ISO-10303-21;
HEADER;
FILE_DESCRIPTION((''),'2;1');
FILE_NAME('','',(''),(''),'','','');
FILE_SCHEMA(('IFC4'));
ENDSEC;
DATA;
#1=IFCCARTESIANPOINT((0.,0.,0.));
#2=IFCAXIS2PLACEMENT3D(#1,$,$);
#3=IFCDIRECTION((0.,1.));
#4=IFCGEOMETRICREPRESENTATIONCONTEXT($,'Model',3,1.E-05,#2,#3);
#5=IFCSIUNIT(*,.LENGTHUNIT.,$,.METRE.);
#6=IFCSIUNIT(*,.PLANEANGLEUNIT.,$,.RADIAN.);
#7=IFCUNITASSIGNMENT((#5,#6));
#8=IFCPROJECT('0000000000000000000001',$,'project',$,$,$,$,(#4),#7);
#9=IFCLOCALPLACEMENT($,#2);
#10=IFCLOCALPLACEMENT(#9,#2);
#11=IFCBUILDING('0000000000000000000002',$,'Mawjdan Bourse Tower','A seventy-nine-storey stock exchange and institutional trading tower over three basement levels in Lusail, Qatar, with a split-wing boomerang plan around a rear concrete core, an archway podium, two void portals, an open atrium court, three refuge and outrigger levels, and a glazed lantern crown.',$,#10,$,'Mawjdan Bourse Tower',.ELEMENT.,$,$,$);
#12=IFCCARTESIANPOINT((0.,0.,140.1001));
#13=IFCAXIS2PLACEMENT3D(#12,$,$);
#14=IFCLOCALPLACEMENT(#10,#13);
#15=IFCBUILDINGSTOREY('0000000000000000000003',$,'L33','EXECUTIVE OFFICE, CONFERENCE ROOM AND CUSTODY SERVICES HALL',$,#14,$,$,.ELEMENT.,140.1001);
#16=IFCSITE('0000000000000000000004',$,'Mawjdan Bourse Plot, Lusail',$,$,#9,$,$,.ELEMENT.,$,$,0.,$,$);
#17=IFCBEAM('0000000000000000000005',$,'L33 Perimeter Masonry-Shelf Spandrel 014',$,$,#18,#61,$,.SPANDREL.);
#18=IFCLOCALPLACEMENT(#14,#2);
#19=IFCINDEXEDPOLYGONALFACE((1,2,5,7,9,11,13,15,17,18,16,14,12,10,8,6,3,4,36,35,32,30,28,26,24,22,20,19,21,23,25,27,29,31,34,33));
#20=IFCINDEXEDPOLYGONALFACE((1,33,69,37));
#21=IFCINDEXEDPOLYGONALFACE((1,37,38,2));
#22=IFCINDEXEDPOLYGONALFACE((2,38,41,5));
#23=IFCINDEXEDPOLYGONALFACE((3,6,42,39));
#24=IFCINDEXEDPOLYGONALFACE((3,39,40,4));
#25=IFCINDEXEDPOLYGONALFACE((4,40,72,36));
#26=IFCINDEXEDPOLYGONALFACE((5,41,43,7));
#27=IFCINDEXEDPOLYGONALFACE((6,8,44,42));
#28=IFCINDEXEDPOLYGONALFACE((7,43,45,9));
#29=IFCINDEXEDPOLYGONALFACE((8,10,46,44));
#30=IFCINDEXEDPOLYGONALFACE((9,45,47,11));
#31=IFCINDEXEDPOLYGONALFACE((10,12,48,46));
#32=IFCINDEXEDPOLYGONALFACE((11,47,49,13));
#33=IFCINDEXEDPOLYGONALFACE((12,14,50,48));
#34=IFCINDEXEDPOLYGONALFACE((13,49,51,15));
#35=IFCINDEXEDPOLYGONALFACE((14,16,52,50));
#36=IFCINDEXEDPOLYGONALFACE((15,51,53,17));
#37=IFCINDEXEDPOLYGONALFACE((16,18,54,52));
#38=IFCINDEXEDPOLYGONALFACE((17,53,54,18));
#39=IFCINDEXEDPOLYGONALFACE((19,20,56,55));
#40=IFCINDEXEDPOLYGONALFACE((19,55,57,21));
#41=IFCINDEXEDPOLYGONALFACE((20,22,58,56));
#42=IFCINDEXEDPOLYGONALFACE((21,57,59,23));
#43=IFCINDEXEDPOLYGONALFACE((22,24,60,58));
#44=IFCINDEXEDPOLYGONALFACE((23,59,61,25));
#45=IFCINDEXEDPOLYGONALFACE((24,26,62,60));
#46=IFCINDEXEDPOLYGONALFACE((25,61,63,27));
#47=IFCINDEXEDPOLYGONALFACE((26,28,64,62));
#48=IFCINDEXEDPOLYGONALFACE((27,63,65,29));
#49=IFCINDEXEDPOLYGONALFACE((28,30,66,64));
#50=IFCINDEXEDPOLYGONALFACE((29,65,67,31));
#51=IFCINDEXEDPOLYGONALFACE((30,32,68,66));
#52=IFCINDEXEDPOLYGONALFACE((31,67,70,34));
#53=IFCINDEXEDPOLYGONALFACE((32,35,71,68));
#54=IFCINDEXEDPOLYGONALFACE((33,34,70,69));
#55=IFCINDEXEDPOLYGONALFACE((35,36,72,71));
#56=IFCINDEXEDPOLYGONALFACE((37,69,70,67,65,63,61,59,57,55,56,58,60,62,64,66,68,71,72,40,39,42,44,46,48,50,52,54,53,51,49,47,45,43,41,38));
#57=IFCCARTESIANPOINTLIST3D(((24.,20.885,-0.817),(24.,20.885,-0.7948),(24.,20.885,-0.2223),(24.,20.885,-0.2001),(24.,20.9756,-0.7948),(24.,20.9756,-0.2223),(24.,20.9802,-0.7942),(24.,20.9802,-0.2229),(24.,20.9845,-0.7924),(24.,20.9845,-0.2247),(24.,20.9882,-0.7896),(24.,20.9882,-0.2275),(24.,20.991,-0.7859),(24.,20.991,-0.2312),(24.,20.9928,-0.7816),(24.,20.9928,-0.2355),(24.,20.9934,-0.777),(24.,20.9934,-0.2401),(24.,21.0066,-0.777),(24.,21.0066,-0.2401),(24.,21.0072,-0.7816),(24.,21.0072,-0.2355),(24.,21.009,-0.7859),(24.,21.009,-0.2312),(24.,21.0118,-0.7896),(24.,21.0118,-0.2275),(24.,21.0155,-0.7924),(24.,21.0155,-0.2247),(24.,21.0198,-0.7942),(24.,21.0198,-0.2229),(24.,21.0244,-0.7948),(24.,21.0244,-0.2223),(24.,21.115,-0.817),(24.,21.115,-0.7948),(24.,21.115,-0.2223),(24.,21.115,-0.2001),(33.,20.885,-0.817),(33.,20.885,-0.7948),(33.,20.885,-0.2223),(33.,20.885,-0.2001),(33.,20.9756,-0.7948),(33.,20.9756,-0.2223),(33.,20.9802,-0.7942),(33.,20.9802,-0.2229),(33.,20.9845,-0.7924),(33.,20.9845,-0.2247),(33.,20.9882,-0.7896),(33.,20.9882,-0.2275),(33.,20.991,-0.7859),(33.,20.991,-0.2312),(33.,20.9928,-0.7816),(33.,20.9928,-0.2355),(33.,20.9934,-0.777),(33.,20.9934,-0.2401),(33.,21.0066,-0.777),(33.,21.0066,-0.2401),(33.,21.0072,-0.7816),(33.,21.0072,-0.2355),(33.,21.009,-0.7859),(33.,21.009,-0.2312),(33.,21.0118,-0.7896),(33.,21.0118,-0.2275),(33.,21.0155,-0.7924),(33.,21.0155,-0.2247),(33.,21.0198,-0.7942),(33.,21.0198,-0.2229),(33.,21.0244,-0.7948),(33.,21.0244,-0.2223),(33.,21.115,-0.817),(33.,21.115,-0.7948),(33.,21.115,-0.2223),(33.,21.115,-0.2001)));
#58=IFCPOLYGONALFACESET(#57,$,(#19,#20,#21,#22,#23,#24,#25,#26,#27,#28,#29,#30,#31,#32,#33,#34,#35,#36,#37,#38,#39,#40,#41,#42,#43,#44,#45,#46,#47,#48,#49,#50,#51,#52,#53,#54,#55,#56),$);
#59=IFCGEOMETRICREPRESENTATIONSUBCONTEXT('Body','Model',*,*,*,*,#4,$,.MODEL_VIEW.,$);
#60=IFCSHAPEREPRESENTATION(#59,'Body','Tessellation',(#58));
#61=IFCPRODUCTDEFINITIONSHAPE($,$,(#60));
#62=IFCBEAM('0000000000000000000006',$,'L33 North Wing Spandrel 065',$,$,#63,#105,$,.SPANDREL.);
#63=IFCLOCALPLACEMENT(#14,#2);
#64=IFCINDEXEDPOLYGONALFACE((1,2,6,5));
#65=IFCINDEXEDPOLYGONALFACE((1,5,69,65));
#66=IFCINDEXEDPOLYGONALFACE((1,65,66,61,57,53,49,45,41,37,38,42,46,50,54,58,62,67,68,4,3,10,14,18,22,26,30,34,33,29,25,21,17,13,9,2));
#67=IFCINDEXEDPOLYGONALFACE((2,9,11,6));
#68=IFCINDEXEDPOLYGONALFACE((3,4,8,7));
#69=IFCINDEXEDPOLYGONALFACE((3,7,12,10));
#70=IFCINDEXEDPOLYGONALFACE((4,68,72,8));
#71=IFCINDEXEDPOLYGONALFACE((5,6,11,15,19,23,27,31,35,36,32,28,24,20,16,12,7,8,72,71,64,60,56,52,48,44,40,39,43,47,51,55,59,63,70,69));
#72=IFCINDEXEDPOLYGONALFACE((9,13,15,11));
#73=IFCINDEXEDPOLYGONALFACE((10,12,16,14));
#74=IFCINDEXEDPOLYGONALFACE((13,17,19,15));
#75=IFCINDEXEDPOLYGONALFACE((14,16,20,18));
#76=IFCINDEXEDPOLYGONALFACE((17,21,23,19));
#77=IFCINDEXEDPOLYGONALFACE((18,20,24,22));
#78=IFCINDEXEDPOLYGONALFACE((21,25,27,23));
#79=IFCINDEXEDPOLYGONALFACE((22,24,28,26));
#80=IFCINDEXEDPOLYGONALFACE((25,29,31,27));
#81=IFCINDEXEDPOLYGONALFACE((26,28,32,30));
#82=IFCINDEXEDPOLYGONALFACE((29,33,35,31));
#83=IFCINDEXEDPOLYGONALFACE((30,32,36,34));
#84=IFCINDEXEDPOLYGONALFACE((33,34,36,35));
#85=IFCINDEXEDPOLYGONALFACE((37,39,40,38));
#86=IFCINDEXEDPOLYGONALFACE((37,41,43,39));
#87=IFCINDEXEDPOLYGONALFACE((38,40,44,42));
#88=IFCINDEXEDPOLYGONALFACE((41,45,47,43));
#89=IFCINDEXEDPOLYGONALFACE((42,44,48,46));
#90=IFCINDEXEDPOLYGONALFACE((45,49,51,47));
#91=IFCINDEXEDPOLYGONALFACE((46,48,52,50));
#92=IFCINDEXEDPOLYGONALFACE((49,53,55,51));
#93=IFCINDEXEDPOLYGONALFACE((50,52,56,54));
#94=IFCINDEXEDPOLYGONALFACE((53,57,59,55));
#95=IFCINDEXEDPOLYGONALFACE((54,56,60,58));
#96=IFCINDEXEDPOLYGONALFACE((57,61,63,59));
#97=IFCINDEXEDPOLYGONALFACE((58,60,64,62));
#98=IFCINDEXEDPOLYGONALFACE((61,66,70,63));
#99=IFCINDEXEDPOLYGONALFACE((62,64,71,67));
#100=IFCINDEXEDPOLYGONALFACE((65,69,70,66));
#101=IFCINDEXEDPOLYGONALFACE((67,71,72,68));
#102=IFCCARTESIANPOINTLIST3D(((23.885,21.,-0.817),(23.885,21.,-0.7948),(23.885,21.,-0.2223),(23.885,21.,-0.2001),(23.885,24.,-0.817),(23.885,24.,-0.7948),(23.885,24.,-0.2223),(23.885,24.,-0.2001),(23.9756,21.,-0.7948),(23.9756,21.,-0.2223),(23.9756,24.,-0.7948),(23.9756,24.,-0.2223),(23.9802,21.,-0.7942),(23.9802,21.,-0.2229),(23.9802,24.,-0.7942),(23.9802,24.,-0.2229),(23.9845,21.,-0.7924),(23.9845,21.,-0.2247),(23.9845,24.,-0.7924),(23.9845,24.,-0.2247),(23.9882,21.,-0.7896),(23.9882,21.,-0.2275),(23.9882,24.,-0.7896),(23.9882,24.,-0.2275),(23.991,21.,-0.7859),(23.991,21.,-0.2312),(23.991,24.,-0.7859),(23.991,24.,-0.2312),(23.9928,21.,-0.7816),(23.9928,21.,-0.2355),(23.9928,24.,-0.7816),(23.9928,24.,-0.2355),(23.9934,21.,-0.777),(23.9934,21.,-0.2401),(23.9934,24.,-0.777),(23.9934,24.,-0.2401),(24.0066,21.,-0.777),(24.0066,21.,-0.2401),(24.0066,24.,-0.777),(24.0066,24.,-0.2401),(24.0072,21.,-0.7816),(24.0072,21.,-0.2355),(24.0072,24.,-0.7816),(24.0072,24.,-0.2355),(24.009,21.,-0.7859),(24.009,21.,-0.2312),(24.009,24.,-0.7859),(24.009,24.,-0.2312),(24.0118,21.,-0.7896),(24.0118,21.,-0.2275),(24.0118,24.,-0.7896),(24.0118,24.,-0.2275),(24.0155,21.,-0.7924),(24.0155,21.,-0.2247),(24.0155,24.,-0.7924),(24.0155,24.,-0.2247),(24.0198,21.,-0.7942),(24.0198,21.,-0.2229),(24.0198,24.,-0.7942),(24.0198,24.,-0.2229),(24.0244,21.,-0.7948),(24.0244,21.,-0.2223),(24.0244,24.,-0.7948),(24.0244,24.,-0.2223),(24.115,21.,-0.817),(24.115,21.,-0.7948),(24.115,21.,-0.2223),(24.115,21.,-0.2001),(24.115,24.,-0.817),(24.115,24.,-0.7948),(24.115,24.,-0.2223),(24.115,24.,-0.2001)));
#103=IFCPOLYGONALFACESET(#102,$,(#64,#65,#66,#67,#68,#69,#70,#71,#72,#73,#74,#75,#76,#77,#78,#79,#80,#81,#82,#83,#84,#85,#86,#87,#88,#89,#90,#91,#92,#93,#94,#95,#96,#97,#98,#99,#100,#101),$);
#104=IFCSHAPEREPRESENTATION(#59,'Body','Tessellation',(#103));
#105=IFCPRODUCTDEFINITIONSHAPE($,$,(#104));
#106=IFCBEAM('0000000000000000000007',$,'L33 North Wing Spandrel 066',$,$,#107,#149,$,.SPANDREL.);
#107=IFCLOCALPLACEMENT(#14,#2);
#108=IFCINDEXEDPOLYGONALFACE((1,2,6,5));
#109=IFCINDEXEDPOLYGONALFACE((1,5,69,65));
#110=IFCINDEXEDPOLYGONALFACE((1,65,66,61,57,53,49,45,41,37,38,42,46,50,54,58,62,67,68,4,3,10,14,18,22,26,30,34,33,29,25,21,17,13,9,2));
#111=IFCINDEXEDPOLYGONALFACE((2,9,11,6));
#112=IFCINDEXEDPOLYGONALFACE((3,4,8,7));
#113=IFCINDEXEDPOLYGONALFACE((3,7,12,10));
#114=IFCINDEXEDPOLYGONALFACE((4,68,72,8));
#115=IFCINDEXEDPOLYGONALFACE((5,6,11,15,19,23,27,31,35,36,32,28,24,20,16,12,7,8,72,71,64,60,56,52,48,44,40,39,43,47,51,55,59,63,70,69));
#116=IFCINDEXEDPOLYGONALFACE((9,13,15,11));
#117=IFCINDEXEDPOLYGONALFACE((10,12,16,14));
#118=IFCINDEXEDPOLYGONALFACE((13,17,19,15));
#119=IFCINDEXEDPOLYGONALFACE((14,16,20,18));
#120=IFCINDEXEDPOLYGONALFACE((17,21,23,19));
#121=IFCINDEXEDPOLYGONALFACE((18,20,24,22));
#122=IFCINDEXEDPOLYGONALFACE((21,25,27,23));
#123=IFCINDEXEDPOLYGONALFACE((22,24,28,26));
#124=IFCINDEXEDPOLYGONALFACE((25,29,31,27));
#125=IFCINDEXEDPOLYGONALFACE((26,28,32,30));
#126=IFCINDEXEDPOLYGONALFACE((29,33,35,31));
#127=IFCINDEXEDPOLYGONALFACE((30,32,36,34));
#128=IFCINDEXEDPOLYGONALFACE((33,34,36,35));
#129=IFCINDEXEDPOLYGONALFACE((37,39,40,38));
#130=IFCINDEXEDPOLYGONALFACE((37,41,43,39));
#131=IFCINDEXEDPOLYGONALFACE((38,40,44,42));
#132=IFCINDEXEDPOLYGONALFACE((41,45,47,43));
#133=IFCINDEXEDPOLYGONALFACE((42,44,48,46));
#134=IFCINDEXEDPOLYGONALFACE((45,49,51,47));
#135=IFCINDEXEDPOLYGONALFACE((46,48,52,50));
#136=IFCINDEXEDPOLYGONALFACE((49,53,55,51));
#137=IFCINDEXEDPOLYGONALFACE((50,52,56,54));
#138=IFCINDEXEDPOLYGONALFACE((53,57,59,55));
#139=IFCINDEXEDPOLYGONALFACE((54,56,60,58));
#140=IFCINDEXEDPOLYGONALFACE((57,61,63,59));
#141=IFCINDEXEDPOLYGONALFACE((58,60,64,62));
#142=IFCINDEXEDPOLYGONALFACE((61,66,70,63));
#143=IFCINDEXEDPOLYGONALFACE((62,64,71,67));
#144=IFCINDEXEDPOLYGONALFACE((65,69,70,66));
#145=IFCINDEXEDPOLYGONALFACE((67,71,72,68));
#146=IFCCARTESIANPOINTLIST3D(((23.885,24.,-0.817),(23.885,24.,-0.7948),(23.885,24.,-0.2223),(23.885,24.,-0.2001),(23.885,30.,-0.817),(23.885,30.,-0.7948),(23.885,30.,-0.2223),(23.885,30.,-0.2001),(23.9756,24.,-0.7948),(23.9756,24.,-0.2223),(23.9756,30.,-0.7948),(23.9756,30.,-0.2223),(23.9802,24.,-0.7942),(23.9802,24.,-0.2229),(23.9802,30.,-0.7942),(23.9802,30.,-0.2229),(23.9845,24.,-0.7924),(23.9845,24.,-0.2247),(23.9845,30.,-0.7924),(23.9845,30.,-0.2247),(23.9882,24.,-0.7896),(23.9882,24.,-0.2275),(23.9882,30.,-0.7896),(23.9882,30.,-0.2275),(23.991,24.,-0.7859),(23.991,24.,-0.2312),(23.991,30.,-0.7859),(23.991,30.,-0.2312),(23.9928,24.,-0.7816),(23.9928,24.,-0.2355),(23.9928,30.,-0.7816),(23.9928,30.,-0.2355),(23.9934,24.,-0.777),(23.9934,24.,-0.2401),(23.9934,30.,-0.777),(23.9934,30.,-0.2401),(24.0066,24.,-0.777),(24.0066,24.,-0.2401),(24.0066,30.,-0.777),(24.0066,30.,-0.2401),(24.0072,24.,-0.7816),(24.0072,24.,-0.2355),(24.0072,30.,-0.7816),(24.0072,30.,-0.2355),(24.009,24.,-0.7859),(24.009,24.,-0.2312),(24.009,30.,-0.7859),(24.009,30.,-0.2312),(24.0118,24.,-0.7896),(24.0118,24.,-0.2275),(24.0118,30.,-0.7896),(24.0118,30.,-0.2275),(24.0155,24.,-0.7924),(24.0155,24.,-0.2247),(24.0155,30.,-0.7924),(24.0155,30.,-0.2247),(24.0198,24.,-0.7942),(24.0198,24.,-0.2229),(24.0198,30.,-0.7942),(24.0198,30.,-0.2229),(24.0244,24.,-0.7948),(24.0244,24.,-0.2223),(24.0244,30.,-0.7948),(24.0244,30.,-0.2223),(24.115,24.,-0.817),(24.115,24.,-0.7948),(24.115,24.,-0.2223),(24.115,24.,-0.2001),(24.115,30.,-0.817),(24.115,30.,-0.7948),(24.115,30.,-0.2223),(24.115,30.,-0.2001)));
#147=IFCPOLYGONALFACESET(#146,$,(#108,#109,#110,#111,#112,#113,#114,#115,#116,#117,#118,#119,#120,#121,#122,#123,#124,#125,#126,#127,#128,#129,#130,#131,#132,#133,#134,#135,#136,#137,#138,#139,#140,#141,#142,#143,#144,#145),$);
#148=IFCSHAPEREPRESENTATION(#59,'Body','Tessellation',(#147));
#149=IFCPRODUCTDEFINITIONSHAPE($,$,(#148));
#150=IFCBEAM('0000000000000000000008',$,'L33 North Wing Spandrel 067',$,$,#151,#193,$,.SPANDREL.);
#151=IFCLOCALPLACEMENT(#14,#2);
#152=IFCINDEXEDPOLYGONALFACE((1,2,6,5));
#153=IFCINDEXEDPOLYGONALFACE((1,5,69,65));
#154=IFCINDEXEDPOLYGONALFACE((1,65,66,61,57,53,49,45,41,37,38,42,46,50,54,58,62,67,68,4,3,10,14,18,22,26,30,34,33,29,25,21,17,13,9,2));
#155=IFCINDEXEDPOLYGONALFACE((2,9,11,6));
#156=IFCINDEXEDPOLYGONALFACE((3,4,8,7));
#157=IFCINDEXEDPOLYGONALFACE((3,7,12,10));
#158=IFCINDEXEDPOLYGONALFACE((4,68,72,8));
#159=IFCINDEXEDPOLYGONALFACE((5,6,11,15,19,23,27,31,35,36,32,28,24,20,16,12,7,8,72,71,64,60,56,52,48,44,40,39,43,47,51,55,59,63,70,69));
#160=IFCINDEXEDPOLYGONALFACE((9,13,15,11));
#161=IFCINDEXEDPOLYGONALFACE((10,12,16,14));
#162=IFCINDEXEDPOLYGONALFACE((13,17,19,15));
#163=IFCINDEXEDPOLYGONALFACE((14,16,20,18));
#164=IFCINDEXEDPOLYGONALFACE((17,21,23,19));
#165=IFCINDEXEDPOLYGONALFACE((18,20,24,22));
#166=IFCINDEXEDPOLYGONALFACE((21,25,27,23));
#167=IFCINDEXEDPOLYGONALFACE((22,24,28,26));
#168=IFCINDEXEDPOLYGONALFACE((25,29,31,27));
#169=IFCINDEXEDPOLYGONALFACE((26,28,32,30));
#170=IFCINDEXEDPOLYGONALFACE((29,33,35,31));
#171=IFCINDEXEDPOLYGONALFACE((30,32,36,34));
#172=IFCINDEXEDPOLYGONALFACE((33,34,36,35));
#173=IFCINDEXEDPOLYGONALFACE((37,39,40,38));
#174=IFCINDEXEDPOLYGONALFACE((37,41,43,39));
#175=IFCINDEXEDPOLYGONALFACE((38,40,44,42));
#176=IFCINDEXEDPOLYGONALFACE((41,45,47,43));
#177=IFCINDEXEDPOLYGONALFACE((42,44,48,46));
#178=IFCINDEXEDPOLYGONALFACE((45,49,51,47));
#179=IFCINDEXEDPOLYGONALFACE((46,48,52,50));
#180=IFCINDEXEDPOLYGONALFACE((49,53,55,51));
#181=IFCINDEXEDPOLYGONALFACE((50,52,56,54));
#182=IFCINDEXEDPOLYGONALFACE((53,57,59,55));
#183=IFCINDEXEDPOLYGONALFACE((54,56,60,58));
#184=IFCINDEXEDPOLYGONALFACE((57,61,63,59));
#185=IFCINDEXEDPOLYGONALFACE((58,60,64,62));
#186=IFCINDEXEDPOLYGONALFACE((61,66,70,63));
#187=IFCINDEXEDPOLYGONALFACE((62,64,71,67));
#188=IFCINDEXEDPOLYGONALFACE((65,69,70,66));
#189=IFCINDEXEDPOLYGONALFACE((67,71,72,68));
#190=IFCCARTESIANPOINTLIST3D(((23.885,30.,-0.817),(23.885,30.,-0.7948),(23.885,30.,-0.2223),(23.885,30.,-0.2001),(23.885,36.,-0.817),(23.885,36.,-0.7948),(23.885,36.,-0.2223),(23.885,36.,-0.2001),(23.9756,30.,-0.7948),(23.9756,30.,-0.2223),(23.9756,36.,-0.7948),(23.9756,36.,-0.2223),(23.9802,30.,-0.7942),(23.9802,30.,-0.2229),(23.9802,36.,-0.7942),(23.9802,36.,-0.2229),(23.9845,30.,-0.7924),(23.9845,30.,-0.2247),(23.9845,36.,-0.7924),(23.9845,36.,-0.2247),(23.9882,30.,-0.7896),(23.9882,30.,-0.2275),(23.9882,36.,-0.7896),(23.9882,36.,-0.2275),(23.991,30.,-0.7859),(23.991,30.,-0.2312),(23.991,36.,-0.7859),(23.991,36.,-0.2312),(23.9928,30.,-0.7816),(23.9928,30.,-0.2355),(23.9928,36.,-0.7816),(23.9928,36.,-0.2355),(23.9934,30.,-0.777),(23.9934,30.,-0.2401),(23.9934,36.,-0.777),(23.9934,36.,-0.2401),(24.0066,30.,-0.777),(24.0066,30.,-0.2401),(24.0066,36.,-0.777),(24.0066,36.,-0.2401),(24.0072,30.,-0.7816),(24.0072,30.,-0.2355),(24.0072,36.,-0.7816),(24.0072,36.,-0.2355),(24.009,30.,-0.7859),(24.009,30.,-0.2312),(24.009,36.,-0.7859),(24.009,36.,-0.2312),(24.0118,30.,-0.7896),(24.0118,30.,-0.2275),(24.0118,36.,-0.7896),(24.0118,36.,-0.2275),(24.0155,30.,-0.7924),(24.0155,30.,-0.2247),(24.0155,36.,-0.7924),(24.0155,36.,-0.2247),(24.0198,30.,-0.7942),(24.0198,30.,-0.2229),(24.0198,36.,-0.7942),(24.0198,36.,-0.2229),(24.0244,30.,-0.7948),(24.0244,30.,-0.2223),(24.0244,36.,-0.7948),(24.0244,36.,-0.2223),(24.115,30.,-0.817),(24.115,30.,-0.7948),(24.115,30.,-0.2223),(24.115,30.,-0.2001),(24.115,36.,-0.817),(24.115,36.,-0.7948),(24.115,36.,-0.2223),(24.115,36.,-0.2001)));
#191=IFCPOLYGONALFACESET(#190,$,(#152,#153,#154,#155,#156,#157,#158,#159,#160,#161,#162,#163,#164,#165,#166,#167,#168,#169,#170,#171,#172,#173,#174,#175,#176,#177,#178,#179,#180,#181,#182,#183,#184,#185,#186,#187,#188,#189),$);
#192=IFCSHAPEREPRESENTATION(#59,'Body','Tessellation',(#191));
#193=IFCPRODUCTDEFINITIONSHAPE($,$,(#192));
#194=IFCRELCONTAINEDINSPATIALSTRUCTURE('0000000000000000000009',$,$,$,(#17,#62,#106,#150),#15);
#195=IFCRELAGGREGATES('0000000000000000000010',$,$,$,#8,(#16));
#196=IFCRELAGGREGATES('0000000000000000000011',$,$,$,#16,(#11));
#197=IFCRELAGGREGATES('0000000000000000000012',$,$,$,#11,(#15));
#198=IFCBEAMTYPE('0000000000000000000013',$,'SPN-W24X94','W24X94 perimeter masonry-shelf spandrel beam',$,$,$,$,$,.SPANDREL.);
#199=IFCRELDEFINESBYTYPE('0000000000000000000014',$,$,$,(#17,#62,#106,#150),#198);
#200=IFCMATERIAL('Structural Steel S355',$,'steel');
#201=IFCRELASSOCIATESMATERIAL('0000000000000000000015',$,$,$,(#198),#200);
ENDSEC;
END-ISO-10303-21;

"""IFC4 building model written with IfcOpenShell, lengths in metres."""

from ifc_helpers import new_model, si_unit, direction, frame, origin, origin_2d, place, context, subcontext, project, spatial, i_section, extrude, material, material_profile, profile_set, type_object, element, save


model = new_model("IFC4")

# Units and contexts
model_context = context("Model", 3, precision=1e-05, world=origin(), true_north=direction((0.0, 1.0)))
body_context = subcontext(model_context, "Body", "Model", "MODEL_VIEW")
ifc_project = project(units=[si_unit("LENGTHUNIT", "METRE"), si_unit("PLANEANGLEUNIT", "RADIAN")], contexts=[model_context])

# Site, building, storey
site_placement = place(None, origin())
site = spatial("IfcSite", under=ifc_project, at=site_placement, Name="Mawjdan Bourse Plot, Lusail", CompositionType="ELEMENT", RefElevation=0.0)
building_placement = place(site_placement, origin())
building = spatial("IfcBuilding", under=site, at=building_placement, Name="Mawjdan Bourse Tower", Description="A seventy-nine-storey stock exchange and institutional trading tower over three basement levels in Lusail, Qatar, with a split-wing boomerang plan around a rear concrete core, an archway podium, two void portals, an open atrium court, three refuge and outrigger levels, and a glazed lantern crown.", LongName="Mawjdan Bourse Tower", CompositionType="ELEMENT")
storey_placement = place(building_placement, frame((0.0, 0.0, 140.1001)))
storey = spatial("IfcBuildingStorey", under=building, at=storey_placement, Name="L33", Description="EXECUTIVE OFFICE, CONFERENCE ROOM AND CUSTODY SERVICES HALL", CompositionType="ELEMENT", Elevation=140.1001)

# Beams
ifc_material_1 = material(Name="Structural Steel S355", Category="steel")
ifc_material_profile_1 = material_profile(ifc_material_1, i_section(OverallWidth=0.23, OverallDepth=0.6169, WebThickness=0.0132, FlangeThickness=0.0222, FilletRadius=0.0178, at=origin_2d()), Name="W24X94")
ifc_profile_set_1 = profile_set([ifc_material_profile_1], Name="Structural Steel S355")
beam_type_1 = type_object("IfcBeamType", Name="SPN-W24X94", Description="W24X94 perimeter masonry-shelf spandrel beam", PredefinedType="SPANDREL", material=ifc_profile_set_1)
beam_1_placement = place(storey_placement, frame((24.0, 21.0, -0.5085), z_axis=(1.0, 0.0, 0.0), x_axis=(0.0, 1.0, 0.0)))
element("IfcBeam", 1, at=beam_1_placement, inside=storey, type_object=beam_type_1, Name="L33 Perimeter Masonry-Shelf Spandrel 014", PredefinedType="SPANDREL", context=body_context, shape_type="SweptSolid", body=[
    extrude(i_section(OverallWidth=0.23, OverallDepth=0.6169, WebThickness=0.0132, FlangeThickness=0.0222, FilletRadius=0.0178, at=origin_2d()), origin(), (0.0, 0.0, 1.0), 9.0),
])
beam_2_placement = place(storey_placement, frame((24.0, 21.0, -0.5085), z_axis=(0.0, 1.0, 0.0), x_axis=(-1.0, 0.0, 0.0)))
element("IfcBeam", 2, at=beam_2_placement, inside=storey, type_object=beam_type_1, Name="L33 North Wing Spandrel 065", PredefinedType="SPANDREL", context=body_context, shape_type="SweptSolid", body=[
    extrude(i_section(OverallWidth=0.23, OverallDepth=0.6169, WebThickness=0.0132, FlangeThickness=0.0222, FilletRadius=0.0178, at=origin_2d()), origin(), (0.0, 0.0, 1.0), 3.0),
])
for number, where, z_axis, x_axis, name in (
    (3, (24.0, 24.0, -0.5085), (0.0, 1.0, 0.0), (-1.0, 0.0, 0.0), "L33 North Wing Spandrel 066"),
    (4, (24.0, 30.0, -0.5085), (0.0, 1.0, 0.0), (-1.0, 0.0, 0.0), "L33 North Wing Spandrel 067"),
):
    element("IfcBeam", number, at=place(storey_placement, frame(where, z_axis=z_axis, x_axis=x_axis)), inside=storey, type_object=beam_type_1, Name=name, PredefinedType="SPANDREL", context=body_context, shape_type="SweptSolid", body=[
        extrude(i_section(OverallWidth=0.23, OverallDepth=0.6169, WebThickness=0.0132, FlangeThickness=0.0222, FilletRadius=0.0178, at=origin_2d()), origin(), (0.0, 0.0, 1.0), 6.0),
    ])

save(model, "model.ifc")
